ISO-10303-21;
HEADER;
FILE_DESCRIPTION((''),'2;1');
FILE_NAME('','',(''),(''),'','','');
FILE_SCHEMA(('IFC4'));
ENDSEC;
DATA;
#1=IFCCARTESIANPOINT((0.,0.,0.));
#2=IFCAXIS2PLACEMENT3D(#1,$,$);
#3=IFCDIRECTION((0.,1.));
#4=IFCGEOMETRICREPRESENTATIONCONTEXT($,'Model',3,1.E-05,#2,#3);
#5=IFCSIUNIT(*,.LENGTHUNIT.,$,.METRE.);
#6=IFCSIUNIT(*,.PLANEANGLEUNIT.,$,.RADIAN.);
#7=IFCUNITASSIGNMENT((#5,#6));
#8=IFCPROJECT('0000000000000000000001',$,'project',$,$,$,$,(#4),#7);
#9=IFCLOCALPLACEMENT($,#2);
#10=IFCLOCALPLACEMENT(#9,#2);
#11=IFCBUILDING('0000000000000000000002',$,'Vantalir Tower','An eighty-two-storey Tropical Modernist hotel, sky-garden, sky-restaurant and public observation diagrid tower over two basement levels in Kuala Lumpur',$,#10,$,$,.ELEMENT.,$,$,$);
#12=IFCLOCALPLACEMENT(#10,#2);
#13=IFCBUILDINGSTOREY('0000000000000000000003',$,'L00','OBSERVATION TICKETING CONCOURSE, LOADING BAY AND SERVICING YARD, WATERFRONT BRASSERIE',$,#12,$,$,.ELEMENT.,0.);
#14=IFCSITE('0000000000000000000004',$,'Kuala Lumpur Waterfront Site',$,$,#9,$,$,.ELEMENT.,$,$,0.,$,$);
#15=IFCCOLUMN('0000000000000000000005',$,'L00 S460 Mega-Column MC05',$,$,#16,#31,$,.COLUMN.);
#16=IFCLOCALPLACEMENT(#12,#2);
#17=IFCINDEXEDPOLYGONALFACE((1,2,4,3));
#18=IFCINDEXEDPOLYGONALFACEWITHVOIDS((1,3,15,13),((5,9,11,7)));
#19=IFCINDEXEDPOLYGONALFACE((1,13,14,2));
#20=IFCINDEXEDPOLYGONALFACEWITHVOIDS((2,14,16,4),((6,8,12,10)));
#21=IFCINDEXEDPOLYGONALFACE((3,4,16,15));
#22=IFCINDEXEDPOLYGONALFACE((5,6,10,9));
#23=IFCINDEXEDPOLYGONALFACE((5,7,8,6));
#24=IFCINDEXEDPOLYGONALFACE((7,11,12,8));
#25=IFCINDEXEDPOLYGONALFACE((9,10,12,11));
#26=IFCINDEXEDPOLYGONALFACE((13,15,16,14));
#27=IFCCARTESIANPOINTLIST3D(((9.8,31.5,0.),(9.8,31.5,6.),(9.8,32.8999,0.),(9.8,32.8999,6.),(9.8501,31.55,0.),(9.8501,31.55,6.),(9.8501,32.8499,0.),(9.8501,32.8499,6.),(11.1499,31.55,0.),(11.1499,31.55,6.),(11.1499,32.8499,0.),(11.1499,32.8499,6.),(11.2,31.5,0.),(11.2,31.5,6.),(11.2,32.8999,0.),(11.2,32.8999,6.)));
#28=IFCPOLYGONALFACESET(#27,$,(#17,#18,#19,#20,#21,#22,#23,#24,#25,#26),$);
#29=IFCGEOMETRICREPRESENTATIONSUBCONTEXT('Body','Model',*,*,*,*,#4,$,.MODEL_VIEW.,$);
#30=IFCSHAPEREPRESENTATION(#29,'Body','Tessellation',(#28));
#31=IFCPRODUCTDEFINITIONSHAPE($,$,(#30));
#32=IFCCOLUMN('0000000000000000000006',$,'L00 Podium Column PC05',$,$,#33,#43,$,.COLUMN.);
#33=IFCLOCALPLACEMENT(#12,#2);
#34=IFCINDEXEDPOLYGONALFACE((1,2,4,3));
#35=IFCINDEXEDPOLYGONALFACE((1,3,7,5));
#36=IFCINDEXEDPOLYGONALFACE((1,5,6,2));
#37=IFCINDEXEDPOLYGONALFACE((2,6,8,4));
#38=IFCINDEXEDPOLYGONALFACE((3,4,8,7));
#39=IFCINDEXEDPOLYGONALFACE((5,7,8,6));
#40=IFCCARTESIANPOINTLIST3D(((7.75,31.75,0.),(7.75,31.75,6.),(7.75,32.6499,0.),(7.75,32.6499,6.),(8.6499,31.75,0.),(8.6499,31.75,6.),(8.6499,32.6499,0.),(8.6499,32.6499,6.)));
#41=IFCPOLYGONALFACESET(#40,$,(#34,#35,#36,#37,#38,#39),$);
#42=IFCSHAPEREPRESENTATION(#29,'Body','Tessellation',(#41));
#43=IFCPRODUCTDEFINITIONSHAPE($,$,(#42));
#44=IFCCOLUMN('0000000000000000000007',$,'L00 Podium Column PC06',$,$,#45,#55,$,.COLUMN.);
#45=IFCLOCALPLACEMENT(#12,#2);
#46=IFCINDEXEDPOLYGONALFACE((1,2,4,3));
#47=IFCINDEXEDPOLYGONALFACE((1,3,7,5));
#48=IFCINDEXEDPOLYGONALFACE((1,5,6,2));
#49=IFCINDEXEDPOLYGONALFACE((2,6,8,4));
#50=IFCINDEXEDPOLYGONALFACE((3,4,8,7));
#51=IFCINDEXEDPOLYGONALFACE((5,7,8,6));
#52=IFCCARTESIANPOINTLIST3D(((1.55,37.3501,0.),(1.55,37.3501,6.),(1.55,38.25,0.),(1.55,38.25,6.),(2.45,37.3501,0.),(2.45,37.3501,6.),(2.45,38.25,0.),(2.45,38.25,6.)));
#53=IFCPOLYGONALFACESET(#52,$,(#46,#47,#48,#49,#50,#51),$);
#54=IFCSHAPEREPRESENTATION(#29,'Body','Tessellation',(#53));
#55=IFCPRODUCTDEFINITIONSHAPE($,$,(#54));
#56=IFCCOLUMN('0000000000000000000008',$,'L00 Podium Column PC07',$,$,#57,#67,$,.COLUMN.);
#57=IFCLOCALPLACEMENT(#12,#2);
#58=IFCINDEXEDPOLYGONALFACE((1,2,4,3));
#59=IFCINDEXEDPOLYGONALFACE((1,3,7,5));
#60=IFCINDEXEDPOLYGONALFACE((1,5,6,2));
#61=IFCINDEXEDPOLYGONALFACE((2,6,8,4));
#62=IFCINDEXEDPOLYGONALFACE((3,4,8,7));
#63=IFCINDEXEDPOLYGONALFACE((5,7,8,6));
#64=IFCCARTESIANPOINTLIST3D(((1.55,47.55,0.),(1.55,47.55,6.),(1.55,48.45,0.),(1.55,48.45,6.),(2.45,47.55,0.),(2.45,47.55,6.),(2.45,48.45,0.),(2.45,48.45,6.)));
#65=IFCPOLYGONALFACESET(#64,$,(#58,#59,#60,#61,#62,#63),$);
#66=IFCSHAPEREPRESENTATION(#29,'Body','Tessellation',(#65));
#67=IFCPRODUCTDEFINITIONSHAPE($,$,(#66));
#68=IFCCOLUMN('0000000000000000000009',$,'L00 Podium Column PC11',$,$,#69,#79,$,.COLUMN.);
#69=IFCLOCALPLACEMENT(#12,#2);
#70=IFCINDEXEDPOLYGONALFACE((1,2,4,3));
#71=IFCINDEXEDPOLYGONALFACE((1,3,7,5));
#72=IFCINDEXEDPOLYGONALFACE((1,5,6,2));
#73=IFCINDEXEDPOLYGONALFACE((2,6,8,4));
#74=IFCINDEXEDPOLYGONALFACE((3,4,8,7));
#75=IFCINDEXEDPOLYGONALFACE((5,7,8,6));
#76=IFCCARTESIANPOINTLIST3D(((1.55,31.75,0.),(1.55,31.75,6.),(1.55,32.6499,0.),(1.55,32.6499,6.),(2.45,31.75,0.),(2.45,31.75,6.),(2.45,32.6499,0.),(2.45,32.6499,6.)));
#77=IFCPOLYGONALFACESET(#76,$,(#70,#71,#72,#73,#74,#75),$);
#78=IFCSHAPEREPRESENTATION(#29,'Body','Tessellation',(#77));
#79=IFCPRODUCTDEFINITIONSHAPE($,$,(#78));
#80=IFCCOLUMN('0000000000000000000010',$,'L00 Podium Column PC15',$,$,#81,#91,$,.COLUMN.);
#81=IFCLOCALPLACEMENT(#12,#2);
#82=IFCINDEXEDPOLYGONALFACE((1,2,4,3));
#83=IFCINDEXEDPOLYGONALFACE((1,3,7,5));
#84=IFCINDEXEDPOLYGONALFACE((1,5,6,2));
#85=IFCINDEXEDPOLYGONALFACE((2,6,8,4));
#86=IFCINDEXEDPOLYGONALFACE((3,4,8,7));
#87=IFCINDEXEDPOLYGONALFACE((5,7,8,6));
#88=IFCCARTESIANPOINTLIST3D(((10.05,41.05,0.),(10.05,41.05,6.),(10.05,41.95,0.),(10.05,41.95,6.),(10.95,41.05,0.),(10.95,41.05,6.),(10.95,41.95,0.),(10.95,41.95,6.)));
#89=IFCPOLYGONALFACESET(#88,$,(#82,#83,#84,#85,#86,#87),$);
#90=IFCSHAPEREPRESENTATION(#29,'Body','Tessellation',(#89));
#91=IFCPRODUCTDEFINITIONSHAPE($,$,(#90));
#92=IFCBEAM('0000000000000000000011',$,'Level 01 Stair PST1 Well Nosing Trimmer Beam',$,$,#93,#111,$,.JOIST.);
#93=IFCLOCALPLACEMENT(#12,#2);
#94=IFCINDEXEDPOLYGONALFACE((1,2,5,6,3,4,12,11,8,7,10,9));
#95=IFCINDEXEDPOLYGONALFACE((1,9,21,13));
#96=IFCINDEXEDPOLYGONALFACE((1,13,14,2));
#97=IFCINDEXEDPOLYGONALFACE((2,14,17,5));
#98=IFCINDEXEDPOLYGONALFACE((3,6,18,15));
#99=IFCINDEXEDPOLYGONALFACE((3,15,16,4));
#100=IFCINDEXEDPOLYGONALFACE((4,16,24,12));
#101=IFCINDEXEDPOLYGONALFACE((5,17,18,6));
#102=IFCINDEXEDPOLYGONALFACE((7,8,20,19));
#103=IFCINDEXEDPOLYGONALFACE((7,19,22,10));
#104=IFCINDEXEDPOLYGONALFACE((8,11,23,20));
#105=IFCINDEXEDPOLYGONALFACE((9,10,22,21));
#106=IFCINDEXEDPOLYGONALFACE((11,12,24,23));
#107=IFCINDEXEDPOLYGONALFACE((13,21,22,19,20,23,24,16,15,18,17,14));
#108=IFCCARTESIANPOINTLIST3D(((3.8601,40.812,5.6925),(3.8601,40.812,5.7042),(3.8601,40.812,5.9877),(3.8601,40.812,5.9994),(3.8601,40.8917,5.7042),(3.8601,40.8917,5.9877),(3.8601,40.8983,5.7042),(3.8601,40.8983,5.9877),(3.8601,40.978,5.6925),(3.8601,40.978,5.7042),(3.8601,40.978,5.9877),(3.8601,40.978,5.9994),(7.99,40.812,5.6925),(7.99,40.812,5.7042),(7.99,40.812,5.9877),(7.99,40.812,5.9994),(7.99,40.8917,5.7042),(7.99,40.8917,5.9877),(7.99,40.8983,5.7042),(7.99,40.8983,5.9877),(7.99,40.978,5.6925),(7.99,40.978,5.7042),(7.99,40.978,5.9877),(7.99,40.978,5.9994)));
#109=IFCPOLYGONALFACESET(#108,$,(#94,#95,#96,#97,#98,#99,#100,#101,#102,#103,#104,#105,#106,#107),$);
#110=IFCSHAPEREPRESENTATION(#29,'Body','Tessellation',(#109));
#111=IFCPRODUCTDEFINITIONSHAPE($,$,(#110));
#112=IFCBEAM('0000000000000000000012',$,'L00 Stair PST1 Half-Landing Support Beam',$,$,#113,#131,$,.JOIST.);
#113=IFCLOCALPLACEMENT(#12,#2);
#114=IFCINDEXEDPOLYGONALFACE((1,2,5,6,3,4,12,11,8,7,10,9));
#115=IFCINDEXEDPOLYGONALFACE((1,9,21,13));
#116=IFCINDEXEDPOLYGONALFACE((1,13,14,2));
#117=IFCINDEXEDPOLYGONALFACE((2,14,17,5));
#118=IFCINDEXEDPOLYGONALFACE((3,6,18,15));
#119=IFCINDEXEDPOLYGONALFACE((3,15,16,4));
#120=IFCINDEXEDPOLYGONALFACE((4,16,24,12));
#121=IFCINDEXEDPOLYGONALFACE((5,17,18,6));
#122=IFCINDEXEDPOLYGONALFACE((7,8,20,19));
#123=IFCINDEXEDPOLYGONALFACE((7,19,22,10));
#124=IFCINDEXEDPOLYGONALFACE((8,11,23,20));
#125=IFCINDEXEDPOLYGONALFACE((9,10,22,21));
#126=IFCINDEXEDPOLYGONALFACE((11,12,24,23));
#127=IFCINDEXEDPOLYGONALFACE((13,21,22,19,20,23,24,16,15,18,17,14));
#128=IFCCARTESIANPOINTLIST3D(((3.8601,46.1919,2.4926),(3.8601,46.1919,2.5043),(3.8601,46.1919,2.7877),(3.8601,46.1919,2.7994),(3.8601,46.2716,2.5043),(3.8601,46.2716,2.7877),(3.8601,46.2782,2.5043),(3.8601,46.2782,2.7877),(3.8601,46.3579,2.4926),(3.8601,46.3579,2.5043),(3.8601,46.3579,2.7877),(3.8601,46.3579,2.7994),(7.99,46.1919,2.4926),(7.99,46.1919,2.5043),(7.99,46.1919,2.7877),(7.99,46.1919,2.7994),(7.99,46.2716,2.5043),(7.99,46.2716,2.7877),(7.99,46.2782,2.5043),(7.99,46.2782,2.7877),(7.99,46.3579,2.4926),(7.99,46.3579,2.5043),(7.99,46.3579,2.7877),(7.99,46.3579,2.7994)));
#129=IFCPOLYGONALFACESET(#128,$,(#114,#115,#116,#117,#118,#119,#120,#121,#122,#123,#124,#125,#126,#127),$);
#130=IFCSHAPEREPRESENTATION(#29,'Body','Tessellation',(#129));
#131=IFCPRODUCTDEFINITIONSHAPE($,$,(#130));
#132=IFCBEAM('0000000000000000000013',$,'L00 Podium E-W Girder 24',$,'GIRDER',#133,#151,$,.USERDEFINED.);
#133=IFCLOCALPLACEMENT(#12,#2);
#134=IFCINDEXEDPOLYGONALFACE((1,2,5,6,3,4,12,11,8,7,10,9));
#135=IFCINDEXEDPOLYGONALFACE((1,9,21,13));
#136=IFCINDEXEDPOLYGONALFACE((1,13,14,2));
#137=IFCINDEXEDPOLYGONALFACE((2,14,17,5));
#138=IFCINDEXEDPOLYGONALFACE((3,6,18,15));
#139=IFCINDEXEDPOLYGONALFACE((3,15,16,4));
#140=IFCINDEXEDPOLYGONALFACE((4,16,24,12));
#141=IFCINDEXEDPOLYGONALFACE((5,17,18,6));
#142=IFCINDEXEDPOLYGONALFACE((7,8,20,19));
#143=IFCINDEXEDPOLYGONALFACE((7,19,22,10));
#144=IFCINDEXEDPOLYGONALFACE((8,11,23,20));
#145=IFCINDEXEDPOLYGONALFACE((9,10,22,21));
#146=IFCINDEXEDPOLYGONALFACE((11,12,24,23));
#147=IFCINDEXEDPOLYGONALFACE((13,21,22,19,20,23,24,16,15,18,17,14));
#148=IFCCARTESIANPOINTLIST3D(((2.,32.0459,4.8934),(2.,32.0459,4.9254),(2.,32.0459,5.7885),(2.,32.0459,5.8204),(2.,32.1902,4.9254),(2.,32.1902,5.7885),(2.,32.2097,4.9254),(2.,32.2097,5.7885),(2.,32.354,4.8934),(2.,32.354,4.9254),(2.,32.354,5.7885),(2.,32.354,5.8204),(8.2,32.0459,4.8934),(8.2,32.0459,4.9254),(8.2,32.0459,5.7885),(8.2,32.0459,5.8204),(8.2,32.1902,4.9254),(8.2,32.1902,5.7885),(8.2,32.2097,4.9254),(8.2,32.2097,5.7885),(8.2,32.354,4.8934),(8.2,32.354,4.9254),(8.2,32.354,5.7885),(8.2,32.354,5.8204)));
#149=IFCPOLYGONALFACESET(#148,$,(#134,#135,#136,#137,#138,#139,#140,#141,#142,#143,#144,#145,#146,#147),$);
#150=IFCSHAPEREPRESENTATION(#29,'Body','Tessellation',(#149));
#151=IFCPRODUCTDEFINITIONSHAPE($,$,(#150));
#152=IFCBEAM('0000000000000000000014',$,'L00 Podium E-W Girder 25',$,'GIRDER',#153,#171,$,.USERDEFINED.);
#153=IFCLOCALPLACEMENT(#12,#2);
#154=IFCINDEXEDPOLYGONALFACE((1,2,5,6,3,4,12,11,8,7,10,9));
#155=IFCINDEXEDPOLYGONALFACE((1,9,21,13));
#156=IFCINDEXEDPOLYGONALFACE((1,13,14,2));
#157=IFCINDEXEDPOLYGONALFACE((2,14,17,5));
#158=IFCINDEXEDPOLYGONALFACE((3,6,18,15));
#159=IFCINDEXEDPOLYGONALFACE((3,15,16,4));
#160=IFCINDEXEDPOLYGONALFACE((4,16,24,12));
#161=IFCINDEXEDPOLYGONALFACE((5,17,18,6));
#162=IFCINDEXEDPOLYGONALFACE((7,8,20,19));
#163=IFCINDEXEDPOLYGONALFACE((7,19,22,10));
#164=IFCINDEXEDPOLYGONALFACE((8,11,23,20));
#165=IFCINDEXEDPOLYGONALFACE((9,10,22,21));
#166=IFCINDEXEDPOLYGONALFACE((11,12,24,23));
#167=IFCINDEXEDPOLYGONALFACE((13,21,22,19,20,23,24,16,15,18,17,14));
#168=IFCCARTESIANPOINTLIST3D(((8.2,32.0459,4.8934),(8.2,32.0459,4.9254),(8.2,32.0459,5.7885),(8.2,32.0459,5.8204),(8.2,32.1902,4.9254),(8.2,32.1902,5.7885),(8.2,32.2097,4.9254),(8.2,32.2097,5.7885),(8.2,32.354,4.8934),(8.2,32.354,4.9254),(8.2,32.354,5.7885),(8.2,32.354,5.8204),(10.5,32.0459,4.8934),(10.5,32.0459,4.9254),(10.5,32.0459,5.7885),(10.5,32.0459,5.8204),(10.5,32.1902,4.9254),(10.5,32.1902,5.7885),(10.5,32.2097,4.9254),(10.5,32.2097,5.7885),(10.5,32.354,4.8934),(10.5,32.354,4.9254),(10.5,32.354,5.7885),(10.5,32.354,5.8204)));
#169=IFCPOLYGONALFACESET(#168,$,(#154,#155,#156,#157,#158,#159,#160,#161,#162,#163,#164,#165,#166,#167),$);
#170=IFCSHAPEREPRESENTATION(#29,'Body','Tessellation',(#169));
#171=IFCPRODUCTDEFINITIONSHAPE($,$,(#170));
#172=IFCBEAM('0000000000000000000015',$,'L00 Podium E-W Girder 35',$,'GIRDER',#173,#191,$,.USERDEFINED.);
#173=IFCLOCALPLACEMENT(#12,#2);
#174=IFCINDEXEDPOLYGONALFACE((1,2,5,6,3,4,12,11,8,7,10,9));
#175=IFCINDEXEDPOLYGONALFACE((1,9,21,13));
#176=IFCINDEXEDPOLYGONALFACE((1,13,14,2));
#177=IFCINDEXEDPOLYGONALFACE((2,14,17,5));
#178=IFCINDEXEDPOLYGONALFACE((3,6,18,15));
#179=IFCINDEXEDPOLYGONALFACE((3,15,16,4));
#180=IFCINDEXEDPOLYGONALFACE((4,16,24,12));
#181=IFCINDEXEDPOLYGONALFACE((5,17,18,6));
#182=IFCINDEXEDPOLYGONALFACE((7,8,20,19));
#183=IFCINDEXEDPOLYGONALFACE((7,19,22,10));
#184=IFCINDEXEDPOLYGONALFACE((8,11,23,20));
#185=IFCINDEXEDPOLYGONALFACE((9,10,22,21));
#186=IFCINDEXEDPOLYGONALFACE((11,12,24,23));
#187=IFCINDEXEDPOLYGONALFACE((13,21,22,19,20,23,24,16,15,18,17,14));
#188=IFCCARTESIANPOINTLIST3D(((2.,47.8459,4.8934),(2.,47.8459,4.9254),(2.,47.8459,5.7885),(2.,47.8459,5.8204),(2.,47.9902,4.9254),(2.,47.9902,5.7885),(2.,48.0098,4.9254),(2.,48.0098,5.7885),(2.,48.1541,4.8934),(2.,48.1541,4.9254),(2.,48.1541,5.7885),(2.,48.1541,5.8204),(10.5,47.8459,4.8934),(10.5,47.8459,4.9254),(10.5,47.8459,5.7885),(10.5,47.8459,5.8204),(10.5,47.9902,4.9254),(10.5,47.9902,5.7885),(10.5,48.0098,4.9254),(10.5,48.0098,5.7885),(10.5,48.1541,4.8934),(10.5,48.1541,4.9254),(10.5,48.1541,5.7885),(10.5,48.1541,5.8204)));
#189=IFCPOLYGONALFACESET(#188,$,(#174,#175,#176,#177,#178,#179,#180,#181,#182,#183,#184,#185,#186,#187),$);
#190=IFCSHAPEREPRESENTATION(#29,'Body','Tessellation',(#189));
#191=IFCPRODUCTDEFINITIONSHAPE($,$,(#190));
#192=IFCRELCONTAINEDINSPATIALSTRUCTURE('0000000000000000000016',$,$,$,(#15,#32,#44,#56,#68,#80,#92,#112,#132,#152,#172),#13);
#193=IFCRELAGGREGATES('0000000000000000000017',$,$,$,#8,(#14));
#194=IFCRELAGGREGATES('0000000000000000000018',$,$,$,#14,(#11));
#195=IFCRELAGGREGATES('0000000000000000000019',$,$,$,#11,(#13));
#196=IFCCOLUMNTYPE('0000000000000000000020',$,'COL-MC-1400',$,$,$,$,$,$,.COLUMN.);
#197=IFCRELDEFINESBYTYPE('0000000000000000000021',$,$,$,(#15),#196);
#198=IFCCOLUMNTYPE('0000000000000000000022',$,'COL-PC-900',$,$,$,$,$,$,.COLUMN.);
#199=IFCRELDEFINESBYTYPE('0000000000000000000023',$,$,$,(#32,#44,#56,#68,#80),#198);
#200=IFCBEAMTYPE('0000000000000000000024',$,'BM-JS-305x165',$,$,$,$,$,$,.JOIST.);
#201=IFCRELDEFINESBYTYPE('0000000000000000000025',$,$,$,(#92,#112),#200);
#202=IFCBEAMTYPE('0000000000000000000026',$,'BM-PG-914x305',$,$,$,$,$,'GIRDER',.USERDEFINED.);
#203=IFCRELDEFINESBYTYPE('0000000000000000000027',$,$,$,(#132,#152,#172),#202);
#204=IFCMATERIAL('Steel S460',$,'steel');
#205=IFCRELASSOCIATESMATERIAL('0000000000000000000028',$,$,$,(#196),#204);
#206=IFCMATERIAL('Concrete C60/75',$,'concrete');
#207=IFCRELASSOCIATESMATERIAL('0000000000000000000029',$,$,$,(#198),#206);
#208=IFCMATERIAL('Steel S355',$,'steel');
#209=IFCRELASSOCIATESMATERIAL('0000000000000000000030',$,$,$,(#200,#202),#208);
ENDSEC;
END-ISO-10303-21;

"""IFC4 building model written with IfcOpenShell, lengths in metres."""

from ifc_helpers import new_model, si_unit, direction, frame, origin, origin_2d, place, context, subcontext, project, spatial, rectangle, hollow_rectangle, i_section, extrude, material, material_profile, profile_set, type_object, element, save


model = new_model("IFC4")

# Units and contexts
model_context = context("Model", 3, precision=1e-05, world=origin(), true_north=direction((0.0, 1.0)))
body_context = subcontext(model_context, "Body", "Model", "MODEL_VIEW")
ifc_project = project(units=[si_unit("LENGTHUNIT", "METRE"), si_unit("PLANEANGLEUNIT", "RADIAN")], contexts=[model_context])

# Site, building, storey
site_placement = place(None, origin())
site = spatial("IfcSite", under=ifc_project, at=site_placement, Name="Kuala Lumpur Waterfront Site", CompositionType="ELEMENT", RefElevation=0.0)
building_placement = place(site_placement, origin())
building = spatial("IfcBuilding", under=site, at=building_placement, Name="Vantalir Tower", Description="An eighty-two-storey Tropical Modernist hotel, sky-garden, sky-restaurant and public observation diagrid tower over two basement levels in Kuala Lumpur", CompositionType="ELEMENT")
storey_placement = place(building_placement, origin())
storey = spatial("IfcBuildingStorey", under=building, at=storey_placement, Name="L00", Description="OBSERVATION TICKETING CONCOURSE, LOADING BAY AND SERVICING YARD, WATERFRONT BRASSERIE", CompositionType="ELEMENT", Elevation=0.0)

# Columns
ifc_material_1 = material(Name="Steel S460", Category="steel")
ifc_material_profile_1 = material_profile(ifc_material_1, hollow_rectangle(XDim=1.3999, YDim=1.3999, WallThickness=0.05, at=origin_2d()), Name="Steel S460")
ifc_profile_set_1 = profile_set([ifc_material_profile_1], Name="Steel S460")
column_type_1 = type_object("IfcColumnType", Name="COL-MC-1400", PredefinedType="COLUMN", material=ifc_profile_set_1)
column_placement = place(storey_placement, frame((10.5, 32.2, 0.0), z_axis=(0.0, 0.0, 1.0), x_axis=(1.0, 0.0, 0.0)))
element("IfcColumn", 1, at=column_placement, inside=storey, type_object=column_type_1, Name="L00 S460 Mega-Column MC05", PredefinedType="COLUMN", context=body_context, shape_type="SweptSolid", body=[
    extrude(hollow_rectangle(XDim=1.3999, YDim=1.3999, WallThickness=0.05, at=origin_2d()), origin(), (0.0, 0.0, 1.0), 6.0),
])
ifc_material_2 = material(Name="Concrete C60/75", Category="concrete")
ifc_material_profile_2 = material_profile(ifc_material_2, rectangle(XDim=0.8999, YDim=0.8999, at=origin_2d()), Name="Concrete C60/75")
ifc_profile_set_2 = profile_set([ifc_material_profile_2], Name="Concrete C60/75")
column_type_2 = type_object("IfcColumnType", Name="COL-PC-900", PredefinedType="COLUMN", material=ifc_profile_set_2)
for number, where, z_axis, x_axis, name in (
    (2, (8.2, 32.2, 0.0), (0.0, 0.0, 1.0), (1.0, 0.0, 0.0), "L00 Podium Column PC05"),
    (3, (2.0, 37.8, 0.0), (0.0, 0.0, 1.0), (1.0, 0.0, 0.0), "L00 Podium Column PC06"),
    (4, (2.0, 48.0, 0.0), (0.0, 0.0, 1.0), (1.0, 0.0, 0.0), "L00 Podium Column PC07"),
    (5, (2.0, 32.2, 0.0), (0.0, 0.0, 1.0), (1.0, 0.0, 0.0), "L00 Podium Column PC11"),
    (6, (10.5, 41.5, 0.0), (0.0, 0.0, 1.0), (1.0, 0.0, 0.0), "L00 Podium Column PC15"),
):
    element("IfcColumn", number, at=place(storey_placement, frame(where, z_axis=z_axis, x_axis=x_axis)), inside=storey, type_object=column_type_2, Name=name, PredefinedType="COLUMN", context=body_context, shape_type="SweptSolid", body=[
        extrude(rectangle(XDim=0.8999, YDim=0.8999, at=origin_2d()), origin(), (0.0, 0.0, 1.0), 6.0),
    ])

# Beams
ifc_material_3 = material(Name="Steel S355", Category="steel")
ifc_material_profile_3 = material_profile(ifc_material_3, i_section(OverallWidth=0.166, OverallDepth=0.3069, WebThickness=0.0066, FlangeThickness=0.0117, at=origin_2d()), Name="Steel S355")
ifc_profile_set_3 = profile_set([ifc_material_profile_3], Name="Steel S355")
beam_type_1 = type_object("IfcBeamType", Name="BM-JS-305x165", PredefinedType="JOIST", material=ifc_profile_set_3)
for number, where, z_axis, x_axis, name in (
    (7, (3.8601, 40.895, 5.8459), (1.0, 0.0, 0.0), (0.0, 1.0, 0.0), "Level 01 Stair PST1 Well Nosing Trimmer Beam"),
    (8, (3.8601, 46.2749, 2.646), (1.0, 0.0, 0.0), (0.0, 1.0, 0.0), "L00 Stair PST1 Half-Landing Support Beam"),
):
    element("IfcBeam", number, at=place(storey_placement, frame(where, z_axis=z_axis, x_axis=x_axis)), inside=storey, type_object=beam_type_1, Name=name, PredefinedType="JOIST", context=body_context, shape_type="SweptSolid", body=[
        extrude(i_section(OverallWidth=0.166, OverallDepth=0.3069, WebThickness=0.0066, FlangeThickness=0.0117, at=origin_2d()), origin(), (0.0, 0.0, 1.0), 4.1299),
    ])
ifc_material_profile_4 = material_profile(ifc_material_3, i_section(OverallWidth=0.3081, OverallDepth=0.927, WebThickness=0.0195, FlangeThickness=0.032, at=origin_2d()), Name="Steel S355")
ifc_profile_set_4 = profile_set([ifc_material_profile_4], Name="Steel S355")
beam_type_2 = type_object("IfcBeamType", Name="BM-PG-914x305", ElementType="GIRDER", PredefinedType="USERDEFINED", material=ifc_profile_set_4)
beam_1_placement = place(storey_placement, frame((2.0, 32.2, 5.3569), z_axis=(1.0, 0.0, 0.0), x_axis=(0.0, 1.0, 0.0)))
element("IfcBeam", 9, at=beam_1_placement, inside=storey, type_object=beam_type_2, Name="L00 Podium E-W Girder 24", ObjectType="GIRDER", PredefinedType="USERDEFINED", context=body_context, shape_type="SweptSolid", body=[
    extrude(i_section(OverallWidth=0.3081, OverallDepth=0.927, WebThickness=0.0195, FlangeThickness=0.032, at=origin_2d()), origin(), (0.0, 0.0, 1.0), 6.2),
])
beam_2_placement = place(storey_placement, frame((8.2, 32.2, 5.3569), z_axis=(1.0, 0.0, 0.0), x_axis=(0.0, 1.0, 0.0)))
element("IfcBeam", 10, at=beam_2_placement, inside=storey, type_object=beam_type_2, Name="L00 Podium E-W Girder 25", ObjectType="GIRDER", PredefinedType="USERDEFINED", context=body_context, shape_type="SweptSolid", body=[
    extrude(i_section(OverallWidth=0.3081, OverallDepth=0.927, WebThickness=0.0195, FlangeThickness=0.032, at=origin_2d()), origin(), (0.0, 0.0, 1.0), 2.3),
])
beam_3_placement = place(storey_placement, frame((2.0, 48.0, 5.3569), z_axis=(1.0, 0.0, 0.0), x_axis=(0.0, 1.0, 0.0)))
element("IfcBeam", 11, at=beam_3_placement, inside=storey, type_object=beam_type_2, Name="L00 Podium E-W Girder 35", ObjectType="GIRDER", PredefinedType="USERDEFINED", context=body_context, shape_type="SweptSolid", body=[
    extrude(i_section(OverallWidth=0.3081, OverallDepth=0.927, WebThickness=0.0195, FlangeThickness=0.032, at=origin_2d()), origin(), (0.0, 0.0, 1.0), 8.5),
])

save(model, "model.ifc")
